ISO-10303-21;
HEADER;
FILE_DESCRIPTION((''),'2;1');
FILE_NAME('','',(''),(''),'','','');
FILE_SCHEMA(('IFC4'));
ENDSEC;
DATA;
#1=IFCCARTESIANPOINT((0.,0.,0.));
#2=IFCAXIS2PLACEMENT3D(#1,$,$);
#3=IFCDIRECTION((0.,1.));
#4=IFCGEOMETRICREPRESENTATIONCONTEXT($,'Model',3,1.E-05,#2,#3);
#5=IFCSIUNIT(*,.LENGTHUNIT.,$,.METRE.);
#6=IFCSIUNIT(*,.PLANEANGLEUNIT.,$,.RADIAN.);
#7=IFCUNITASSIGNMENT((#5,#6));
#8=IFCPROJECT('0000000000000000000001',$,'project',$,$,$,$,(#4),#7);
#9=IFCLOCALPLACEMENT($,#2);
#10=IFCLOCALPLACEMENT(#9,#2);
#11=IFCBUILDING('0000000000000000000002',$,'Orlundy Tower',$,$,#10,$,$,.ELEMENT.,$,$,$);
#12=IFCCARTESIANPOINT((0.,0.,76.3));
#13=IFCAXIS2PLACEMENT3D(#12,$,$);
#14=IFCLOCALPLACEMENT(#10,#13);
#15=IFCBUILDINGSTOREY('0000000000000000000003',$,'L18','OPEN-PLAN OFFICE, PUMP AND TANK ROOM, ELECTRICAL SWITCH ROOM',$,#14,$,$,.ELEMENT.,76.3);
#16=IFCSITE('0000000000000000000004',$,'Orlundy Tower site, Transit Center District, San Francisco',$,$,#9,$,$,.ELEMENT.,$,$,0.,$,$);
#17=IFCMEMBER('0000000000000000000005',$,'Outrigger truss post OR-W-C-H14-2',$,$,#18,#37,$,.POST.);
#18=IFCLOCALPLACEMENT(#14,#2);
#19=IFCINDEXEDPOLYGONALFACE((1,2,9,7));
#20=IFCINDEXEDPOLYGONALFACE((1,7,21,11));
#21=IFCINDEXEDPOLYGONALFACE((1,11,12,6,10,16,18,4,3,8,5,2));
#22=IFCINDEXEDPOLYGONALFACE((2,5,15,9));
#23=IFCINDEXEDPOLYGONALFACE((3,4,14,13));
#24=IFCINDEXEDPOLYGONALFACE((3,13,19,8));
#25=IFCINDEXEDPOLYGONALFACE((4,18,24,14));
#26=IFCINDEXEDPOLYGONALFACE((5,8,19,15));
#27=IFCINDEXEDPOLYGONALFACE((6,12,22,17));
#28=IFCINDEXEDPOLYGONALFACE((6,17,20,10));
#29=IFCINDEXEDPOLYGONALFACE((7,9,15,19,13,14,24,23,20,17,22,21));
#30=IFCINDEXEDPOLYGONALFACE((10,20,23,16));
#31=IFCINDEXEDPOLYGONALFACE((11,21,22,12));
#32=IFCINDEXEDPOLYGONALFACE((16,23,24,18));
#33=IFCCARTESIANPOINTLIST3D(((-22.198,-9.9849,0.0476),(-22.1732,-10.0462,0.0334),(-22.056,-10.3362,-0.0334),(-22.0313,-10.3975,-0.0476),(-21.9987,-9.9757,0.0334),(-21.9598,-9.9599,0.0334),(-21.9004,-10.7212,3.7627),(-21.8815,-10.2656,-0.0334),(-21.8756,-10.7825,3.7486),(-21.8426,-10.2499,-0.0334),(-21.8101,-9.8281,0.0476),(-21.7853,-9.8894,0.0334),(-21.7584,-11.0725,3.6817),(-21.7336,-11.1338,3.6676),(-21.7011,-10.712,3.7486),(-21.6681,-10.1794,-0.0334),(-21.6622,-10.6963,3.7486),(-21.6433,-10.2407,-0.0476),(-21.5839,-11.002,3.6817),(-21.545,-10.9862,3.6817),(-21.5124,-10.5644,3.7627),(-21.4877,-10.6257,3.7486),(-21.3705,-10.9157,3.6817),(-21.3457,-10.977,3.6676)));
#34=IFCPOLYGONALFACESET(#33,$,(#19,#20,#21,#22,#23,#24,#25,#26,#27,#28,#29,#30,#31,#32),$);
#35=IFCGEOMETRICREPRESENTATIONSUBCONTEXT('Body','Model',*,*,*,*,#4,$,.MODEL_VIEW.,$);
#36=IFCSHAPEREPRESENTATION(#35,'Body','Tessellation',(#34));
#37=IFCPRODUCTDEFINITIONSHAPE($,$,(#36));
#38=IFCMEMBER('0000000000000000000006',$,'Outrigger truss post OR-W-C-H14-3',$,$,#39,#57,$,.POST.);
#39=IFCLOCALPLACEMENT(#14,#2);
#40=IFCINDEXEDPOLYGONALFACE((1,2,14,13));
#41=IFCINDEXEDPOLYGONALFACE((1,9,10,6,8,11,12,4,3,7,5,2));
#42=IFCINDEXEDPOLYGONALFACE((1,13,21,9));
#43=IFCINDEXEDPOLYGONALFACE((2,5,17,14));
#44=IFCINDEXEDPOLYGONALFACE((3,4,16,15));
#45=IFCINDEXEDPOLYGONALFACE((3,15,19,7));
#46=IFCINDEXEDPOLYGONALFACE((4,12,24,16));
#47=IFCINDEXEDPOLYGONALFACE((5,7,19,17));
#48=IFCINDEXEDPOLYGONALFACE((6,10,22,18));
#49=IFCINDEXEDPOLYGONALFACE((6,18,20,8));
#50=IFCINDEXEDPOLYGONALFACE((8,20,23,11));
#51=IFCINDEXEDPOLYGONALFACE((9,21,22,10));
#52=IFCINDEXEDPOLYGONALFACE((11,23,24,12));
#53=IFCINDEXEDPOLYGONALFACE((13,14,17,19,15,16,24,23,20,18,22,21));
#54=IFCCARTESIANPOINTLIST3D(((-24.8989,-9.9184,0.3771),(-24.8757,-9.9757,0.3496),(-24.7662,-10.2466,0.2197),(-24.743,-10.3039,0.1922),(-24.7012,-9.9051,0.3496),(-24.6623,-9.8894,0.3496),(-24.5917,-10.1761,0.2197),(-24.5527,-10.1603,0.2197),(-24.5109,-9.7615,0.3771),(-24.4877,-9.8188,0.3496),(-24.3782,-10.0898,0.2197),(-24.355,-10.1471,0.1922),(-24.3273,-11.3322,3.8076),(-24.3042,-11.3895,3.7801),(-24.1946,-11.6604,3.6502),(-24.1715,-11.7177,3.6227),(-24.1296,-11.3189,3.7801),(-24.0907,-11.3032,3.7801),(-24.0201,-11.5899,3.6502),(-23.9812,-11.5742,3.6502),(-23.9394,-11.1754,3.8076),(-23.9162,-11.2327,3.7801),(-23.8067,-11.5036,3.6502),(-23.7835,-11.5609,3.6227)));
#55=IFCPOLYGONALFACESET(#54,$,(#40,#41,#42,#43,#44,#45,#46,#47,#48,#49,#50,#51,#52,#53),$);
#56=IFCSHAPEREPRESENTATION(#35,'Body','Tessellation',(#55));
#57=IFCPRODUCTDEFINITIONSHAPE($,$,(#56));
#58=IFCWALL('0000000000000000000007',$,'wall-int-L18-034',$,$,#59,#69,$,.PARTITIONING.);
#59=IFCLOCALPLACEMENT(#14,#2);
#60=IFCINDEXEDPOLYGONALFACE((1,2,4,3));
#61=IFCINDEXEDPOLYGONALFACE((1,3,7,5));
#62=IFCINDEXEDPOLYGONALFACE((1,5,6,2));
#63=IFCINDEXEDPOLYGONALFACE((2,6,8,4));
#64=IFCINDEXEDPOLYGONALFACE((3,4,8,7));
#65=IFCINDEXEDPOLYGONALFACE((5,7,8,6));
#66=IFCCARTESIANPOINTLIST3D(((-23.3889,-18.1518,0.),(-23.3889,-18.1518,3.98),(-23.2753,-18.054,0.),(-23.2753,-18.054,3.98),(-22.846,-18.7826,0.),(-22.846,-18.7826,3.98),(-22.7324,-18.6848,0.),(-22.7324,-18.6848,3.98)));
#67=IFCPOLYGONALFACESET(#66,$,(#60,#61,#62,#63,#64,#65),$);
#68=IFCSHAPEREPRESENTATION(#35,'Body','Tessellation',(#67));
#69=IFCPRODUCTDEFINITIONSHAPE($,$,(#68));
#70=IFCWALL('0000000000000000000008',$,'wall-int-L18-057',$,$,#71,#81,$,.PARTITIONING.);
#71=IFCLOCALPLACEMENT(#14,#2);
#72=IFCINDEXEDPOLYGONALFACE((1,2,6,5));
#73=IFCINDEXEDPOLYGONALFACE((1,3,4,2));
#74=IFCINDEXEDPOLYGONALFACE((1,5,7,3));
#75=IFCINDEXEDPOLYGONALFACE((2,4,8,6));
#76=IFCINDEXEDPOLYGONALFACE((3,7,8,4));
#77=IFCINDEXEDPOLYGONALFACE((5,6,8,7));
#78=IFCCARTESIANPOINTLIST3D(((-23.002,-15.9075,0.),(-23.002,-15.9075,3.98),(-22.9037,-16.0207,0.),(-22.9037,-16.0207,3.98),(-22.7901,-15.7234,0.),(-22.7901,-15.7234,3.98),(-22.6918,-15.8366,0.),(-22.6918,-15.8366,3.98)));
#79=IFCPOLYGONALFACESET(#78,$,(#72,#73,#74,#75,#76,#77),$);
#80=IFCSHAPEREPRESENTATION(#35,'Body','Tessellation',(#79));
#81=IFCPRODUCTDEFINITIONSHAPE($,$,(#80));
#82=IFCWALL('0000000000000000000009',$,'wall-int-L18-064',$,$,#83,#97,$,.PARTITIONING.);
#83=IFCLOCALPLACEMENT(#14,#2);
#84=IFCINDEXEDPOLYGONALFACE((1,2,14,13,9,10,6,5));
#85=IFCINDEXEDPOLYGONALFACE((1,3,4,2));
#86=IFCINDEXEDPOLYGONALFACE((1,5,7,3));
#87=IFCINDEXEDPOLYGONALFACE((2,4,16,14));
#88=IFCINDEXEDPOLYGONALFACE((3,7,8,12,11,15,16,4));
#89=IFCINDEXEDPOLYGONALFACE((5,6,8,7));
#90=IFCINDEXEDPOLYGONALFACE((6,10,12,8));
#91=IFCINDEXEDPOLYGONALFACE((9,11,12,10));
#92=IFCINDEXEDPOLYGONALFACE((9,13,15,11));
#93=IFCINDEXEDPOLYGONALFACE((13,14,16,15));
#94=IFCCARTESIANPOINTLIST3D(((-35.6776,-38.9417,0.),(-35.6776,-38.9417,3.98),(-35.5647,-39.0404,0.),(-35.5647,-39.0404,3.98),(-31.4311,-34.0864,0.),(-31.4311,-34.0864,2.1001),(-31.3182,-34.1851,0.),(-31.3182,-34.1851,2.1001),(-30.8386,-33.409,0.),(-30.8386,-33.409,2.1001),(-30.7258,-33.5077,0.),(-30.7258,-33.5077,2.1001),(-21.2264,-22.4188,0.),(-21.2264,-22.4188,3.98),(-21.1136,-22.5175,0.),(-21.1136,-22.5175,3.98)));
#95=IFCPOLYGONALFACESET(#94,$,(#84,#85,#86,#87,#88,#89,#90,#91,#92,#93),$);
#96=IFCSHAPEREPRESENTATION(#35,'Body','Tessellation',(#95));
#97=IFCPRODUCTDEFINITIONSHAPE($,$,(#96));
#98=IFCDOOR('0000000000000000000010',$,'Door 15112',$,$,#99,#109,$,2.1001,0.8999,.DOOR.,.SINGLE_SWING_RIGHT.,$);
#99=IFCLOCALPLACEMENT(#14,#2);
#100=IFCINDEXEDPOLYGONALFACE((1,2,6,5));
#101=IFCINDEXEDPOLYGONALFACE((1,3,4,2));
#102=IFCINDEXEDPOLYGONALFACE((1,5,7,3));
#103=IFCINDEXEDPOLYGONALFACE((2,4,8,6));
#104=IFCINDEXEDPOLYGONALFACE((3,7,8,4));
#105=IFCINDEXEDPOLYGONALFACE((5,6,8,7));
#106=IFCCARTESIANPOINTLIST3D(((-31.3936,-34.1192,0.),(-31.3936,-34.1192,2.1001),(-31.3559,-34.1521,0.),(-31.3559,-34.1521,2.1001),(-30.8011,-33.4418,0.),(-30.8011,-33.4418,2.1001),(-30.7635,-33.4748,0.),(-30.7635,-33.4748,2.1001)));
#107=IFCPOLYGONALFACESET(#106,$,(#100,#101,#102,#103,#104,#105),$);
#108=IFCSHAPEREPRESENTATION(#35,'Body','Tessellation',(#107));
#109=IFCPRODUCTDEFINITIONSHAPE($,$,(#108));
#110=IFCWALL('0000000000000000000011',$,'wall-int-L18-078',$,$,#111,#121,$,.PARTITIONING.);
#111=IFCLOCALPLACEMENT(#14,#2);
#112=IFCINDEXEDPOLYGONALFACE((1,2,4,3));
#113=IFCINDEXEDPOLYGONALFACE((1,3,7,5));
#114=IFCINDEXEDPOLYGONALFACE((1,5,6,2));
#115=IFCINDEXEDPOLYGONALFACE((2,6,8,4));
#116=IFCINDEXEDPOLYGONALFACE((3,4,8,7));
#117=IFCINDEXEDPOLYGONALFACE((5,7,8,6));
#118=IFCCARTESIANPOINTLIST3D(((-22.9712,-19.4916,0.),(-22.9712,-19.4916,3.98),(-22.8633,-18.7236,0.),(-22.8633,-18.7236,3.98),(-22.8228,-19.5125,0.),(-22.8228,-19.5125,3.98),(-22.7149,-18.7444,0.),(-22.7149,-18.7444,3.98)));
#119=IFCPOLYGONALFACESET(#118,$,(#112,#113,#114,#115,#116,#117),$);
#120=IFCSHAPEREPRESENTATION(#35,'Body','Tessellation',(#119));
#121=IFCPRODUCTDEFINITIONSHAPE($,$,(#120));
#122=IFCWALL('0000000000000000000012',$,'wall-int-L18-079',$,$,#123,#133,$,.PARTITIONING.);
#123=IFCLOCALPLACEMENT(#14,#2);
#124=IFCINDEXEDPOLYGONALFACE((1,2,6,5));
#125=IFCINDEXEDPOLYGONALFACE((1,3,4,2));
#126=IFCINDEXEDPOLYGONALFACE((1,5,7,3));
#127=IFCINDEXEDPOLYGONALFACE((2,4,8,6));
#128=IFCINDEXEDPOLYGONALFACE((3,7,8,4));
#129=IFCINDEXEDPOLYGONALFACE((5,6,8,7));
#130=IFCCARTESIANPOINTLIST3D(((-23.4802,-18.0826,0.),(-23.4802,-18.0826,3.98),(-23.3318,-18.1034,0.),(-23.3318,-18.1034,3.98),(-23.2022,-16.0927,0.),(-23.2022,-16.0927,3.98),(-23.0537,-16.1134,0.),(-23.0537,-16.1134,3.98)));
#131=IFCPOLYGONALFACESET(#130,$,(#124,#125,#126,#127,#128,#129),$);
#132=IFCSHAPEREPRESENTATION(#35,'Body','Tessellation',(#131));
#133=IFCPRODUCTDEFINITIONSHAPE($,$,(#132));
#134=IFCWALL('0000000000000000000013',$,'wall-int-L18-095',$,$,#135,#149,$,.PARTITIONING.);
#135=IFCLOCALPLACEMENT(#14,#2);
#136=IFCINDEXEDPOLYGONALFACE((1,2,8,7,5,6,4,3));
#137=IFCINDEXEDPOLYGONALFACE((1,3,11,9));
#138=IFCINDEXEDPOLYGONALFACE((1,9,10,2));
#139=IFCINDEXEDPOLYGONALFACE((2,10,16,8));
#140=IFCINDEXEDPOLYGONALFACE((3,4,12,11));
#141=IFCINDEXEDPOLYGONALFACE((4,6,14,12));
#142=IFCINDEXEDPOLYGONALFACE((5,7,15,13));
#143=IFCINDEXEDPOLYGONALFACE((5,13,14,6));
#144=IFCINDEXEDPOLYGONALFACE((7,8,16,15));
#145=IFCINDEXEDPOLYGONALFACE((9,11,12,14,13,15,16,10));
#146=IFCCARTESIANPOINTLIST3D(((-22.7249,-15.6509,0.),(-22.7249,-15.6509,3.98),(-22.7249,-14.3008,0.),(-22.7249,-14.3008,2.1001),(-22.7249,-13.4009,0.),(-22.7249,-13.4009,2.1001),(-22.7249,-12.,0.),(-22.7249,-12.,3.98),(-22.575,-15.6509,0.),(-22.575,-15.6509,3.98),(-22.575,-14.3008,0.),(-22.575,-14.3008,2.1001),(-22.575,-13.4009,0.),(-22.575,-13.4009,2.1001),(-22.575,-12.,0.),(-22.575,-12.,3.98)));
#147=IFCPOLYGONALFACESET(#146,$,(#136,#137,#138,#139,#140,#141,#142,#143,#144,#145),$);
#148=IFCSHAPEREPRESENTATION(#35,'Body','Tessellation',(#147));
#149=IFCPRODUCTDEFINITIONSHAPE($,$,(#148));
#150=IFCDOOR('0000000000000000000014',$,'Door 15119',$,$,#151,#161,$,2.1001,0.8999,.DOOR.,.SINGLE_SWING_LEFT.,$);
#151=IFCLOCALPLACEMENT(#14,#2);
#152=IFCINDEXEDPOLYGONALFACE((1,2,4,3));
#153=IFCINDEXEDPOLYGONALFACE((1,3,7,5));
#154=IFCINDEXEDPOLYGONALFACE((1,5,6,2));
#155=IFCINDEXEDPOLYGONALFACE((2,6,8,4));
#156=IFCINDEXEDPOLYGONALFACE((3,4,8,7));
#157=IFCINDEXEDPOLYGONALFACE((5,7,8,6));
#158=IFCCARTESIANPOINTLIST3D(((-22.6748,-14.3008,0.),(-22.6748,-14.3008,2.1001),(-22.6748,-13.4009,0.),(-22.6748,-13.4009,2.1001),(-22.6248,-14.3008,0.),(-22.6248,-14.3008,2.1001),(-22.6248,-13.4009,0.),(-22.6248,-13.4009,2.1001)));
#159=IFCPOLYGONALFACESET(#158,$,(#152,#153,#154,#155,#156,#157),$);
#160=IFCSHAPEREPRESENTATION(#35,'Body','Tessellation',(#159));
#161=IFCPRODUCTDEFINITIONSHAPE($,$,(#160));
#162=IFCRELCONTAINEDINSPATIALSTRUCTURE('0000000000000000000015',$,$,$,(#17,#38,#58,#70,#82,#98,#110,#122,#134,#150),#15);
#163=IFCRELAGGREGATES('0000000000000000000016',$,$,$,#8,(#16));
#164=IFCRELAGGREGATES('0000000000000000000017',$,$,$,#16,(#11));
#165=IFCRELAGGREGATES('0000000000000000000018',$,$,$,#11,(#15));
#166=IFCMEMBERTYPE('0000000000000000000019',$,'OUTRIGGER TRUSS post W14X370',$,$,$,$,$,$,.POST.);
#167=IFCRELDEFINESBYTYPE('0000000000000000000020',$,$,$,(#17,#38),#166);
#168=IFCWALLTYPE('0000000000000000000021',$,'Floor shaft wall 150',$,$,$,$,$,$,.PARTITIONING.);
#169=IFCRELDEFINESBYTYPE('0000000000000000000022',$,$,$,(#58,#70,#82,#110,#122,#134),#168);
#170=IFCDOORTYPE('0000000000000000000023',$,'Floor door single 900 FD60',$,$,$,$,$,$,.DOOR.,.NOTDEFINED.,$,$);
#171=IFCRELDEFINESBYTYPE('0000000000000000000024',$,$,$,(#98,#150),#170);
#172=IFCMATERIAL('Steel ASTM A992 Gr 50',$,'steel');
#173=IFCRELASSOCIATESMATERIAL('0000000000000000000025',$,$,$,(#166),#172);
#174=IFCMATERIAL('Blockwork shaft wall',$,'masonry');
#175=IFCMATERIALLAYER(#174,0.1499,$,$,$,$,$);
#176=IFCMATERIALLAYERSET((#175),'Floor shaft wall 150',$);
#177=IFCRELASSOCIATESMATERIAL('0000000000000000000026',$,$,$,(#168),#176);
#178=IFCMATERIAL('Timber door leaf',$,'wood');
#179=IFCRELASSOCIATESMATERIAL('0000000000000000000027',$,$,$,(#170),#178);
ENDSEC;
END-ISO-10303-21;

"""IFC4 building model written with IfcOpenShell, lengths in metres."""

from ifc_helpers import new_model, si_unit, direction, frame, frame_2d, origin, origin_2d, place, context, subcontext, project, spatial, rectangle, i_section, extrude, material, layer, layer_set, material_profile, profile_set, type_object, element, fill, save


model = new_model("IFC4")

# Units and contexts
model_context = context("Model", 3, precision=1e-05, world=origin(), true_north=direction((0.0, 1.0)))
body_context = subcontext(model_context, "Body", "Model", "MODEL_VIEW")
ifc_project = project(units=[si_unit("LENGTHUNIT", "METRE"), si_unit("PLANEANGLEUNIT", "RADIAN")], contexts=[model_context])

# Site, building, storey
site_placement = place(None, origin())
site = spatial("IfcSite", under=ifc_project, at=site_placement, Name="Orlundy Tower site, Transit Center District, San Francisco", CompositionType="ELEMENT", RefElevation=0.0)
building_placement = place(site_placement, origin())
building = spatial("IfcBuilding", under=site, at=building_placement, Name="Orlundy Tower", CompositionType="ELEMENT")
storey_placement = place(building_placement, frame((0.0, 0.0, 76.3)))
storey = spatial("IfcBuildingStorey", under=building, at=storey_placement, Name="L18", Description="OPEN-PLAN OFFICE, PUMP AND TANK ROOM, ELECTRICAL SWITCH ROOM", CompositionType="ELEMENT", Elevation=76.3)

# Members
ifc_material_1 = material(Name="Steel ASTM A992 Gr 50", Category="steel")
ifc_material_profile_1 = material_profile(ifc_material_1, i_section(OverallWidth=0.4185, OverallDepth=0.4551, WebThickness=0.042, FlangeThickness=0.0676, at=origin_2d()), Name="W14X370")
ifc_profile_set_1 = profile_set([ifc_material_profile_1], Name="Steel ASTM A992 Gr 50")
member_type_1 = type_object("IfcMemberType", Name="OUTRIGGER TRUSS post W14X370", PredefinedType="POST", material=ifc_profile_set_1)
member_1_placement = place(storey_placement, frame((-21.9207, -10.1128, 0.0), z_axis=(0.078338, -0.19382, 0.977904), x_axis=(0.927135, 0.374727, 0.0)))
element("IfcMember", 1, at=member_1_placement, inside=storey, type_object=member_type_1, Name="Outrigger truss post OR-W-C-H14-2", PredefinedType="POST", context=body_context, shape_type="SweptSolid", body=[
    extrude(i_section(OverallWidth=0.4185, OverallDepth=0.4551, WebThickness=0.042, FlangeThickness=0.0676, at=origin_2d()), origin(), (0.0, 0.0, 1.0), 3.7991),
])
member_2_placement = place(storey_placement, frame((-24.627, -10.0327, 0.2847), z_axis=(0.152242, -0.376606, 0.913778), x_axis=(0.927112, 0.374783, 0.0)))
element("IfcMember", 2, at=member_2_placement, inside=storey, type_object=member_type_1, Name="Outrigger truss post OR-W-C-H14-3", PredefinedType="POST", context=body_context, shape_type="SweptSolid", body=[
    extrude(i_section(OverallWidth=0.4185, OverallDepth=0.4551, WebThickness=0.042, FlangeThickness=0.0676, at=origin_2d()), origin(), (0.0, 0.0, 1.0), 3.7542),
])

# Walls
ifc_material_2 = material(Name="Blockwork shaft wall", Category="masonry")
ifc_layer = layer(ifc_material_2, 0.1499)
ifc_layer_set = layer_set([ifc_layer], Name="Floor shaft wall 150")
wall_type = type_object("IfcWallType", Name="Floor shaft wall 150", PredefinedType="PARTITIONING", material=ifc_layer_set)
wall_1_placement = place(storey_placement, frame((-23.332, -18.103, 0.0), z_axis=(0.0, 0.0, 1.0), x_axis=(0.652336, -0.75793, 0.0)))
element("IfcWall", 3, at=wall_1_placement, inside=storey, type_object=wall_type, Name="wall-int-L18-034", PredefinedType="PARTITIONING", context=body_context, shape_type="SweptSolid", body=[
    extrude(rectangle(XDim=0.8323, YDim=0.1499, at=frame_2d((0.416, 0.0))), origin(), (0.0, 0.0, 1.0), 3.98),
])
wall_2_placement = place(storey_placement, frame((-22.9529, -15.9641, 0.0), z_axis=(0.0, 0.0, 1.0), x_axis=(0.754942, 0.655791, 0.0)))
element("IfcWall", 4, at=wall_2_placement, inside=storey, type_object=wall_type, Name="wall-int-L18-057", PredefinedType="PARTITIONING", context=body_context, shape_type="SweptSolid", body=[
    extrude(rectangle(XDim=0.2808, YDim=0.1499, at=frame_2d((0.1404, 0.0))), origin(), (0.0, 0.0, 1.0), 3.98),
])

# Wall, opening, door
wall_3_placement = place(storey_placement, frame((-21.1699, -22.468, 0.0), z_axis=(0.0, 0.0, 1.0), x_axis=(-0.658339, -0.752721, 0.0)))
wall_3 = element("IfcWall", 5, at=wall_3_placement, inside=storey, type_object=wall_type, Name="wall-int-L18-064", PredefinedType="PARTITIONING", context=body_context, shape_type="SweptSolid", body=[
    extrude(rectangle(XDim=21.9509, YDim=0.1499, at=frame_2d((10.9756, 0.0))), origin(), (0.0, 0.0, 1.0), 3.98),
])
opening_1_placement = place(wall_3_placement, frame((14.6008, 0.0, 0.0)))
opening_1 = element("IfcOpeningElement", 6, at=opening_1_placement, cuts=wall_3, PredefinedType="OPENING", context=body_context, shape_type="SweptSolid", body=[
    extrude(rectangle(XDim=0.8999, YDim=2.1001, at=frame_2d((0.45, 1.05))), frame((0.0, 0.085, 0.0), z_axis=(0.0, -1.0, 0.0), x_axis=(1.0, 0.0, 0.0)), (0.0, 0.0, 1.0), 0.1699),
])
ifc_material_3 = material(Name="Timber door leaf", Category="wood")
door_type = type_object("IfcDoorType", Name="Floor door single 900 FD60", OperationType="NOTDEFINED", PredefinedType="DOOR", material=ifc_material_3)
door_1_placement = place(opening_1_placement, origin())
door_1 = element("IfcDoor", 7, at=door_1_placement, inside=storey, type_object=door_type, Name="Door 15112", OperationType="SINGLE_SWING_RIGHT", OverallHeight=2.1001, OverallWidth=0.8999, PredefinedType="DOOR", context=body_context, shape_type="SweptSolid", body=[
    extrude(rectangle(XDim=0.8999, YDim=2.1001, at=frame_2d((0.45, 1.05))), frame((0.0, 0.0249, 0.0), z_axis=(0.0, -1.0, 0.0), x_axis=(1.0, 0.0, 0.0)), (0.0, 0.0, 1.0), 0.05),
])
fill(opening_1, door_1)

# Walls
wall_4_placement = place(storey_placement, frame((-22.897, -19.502, 0.0), z_axis=(0.0, 0.0, 1.0), x_axis=(0.139129, 0.990274, 0.0)))
element("IfcWall", 8, at=wall_4_placement, inside=storey, type_object=wall_type, Name="wall-int-L18-078", PredefinedType="PARTITIONING", context=body_context, shape_type="SweptSolid", body=[
    extrude(rectangle(XDim=0.7756, YDim=0.1499, at=frame_2d((0.3877, 0.0))), origin(), (0.0, 0.0, 1.0), 3.98),
])
wall_5_placement = place(storey_placement, frame((-23.406, -18.093, 0.0), z_axis=(0.0, 0.0, 1.0), x_axis=(0.138393, 0.990377, 0.0)))
element("IfcWall", 9, at=wall_5_placement, inside=storey, type_object=wall_type, Name="wall-int-L18-079", PredefinedType="PARTITIONING", context=body_context, shape_type="SweptSolid", body=[
    extrude(rectangle(XDim=2.0093, YDim=0.1499, at=frame_2d((1.0046, 0.0))), origin(), (0.0, 0.0, 1.0), 3.98),
])

# Wall, opening, door
wall_6_placement = place(storey_placement, frame((-22.6499, -15.6509, 0.0), z_axis=(0.0, 0.0, 1.0), x_axis=(0.0, 1.0, 0.0)))
wall_6 = element("IfcWall", 10, at=wall_6_placement, inside=storey, type_object=wall_type, Name="wall-int-L18-095", PredefinedType="PARTITIONING", context=body_context, shape_type="SweptSolid", body=[
    extrude(rectangle(XDim=3.6509, YDim=0.1499, at=frame_2d((1.8254, 0.0))), origin(), (0.0, 0.0, 1.0), 3.98),
])
opening_2_placement = place(wall_6_placement, frame((1.3501, 0.0, 0.0)))
opening_2 = element("IfcOpeningElement", 11, at=opening_2_placement, cuts=wall_6, PredefinedType="OPENING", context=body_context, shape_type="SweptSolid", body=[
    extrude(rectangle(XDim=0.8999, YDim=2.1001, at=frame_2d((0.45, 1.05))), frame((0.0, 0.085, 0.0), z_axis=(0.0, -1.0, 0.0), x_axis=(1.0, 0.0, 0.0)), (0.0, 0.0, 1.0), 0.1699),
])
door_2_placement = place(opening_2_placement, origin())
door_2 = element("IfcDoor", 12, at=door_2_placement, inside=storey, type_object=door_type, Name="Door 15119", OperationType="SINGLE_SWING_LEFT", OverallHeight=2.1001, OverallWidth=0.8999, PredefinedType="DOOR", context=body_context, shape_type="SweptSolid", body=[
    extrude(rectangle(XDim=0.8999, YDim=2.1001, at=frame_2d((0.45, 1.05))), frame((0.0, 0.0249, 0.0), z_axis=(0.0, -1.0, 0.0), x_axis=(1.0, 0.0, 0.0)), (0.0, 0.0, 1.0), 0.05),
])
fill(opening_2, door_2)

save(model, "model.ifc")
